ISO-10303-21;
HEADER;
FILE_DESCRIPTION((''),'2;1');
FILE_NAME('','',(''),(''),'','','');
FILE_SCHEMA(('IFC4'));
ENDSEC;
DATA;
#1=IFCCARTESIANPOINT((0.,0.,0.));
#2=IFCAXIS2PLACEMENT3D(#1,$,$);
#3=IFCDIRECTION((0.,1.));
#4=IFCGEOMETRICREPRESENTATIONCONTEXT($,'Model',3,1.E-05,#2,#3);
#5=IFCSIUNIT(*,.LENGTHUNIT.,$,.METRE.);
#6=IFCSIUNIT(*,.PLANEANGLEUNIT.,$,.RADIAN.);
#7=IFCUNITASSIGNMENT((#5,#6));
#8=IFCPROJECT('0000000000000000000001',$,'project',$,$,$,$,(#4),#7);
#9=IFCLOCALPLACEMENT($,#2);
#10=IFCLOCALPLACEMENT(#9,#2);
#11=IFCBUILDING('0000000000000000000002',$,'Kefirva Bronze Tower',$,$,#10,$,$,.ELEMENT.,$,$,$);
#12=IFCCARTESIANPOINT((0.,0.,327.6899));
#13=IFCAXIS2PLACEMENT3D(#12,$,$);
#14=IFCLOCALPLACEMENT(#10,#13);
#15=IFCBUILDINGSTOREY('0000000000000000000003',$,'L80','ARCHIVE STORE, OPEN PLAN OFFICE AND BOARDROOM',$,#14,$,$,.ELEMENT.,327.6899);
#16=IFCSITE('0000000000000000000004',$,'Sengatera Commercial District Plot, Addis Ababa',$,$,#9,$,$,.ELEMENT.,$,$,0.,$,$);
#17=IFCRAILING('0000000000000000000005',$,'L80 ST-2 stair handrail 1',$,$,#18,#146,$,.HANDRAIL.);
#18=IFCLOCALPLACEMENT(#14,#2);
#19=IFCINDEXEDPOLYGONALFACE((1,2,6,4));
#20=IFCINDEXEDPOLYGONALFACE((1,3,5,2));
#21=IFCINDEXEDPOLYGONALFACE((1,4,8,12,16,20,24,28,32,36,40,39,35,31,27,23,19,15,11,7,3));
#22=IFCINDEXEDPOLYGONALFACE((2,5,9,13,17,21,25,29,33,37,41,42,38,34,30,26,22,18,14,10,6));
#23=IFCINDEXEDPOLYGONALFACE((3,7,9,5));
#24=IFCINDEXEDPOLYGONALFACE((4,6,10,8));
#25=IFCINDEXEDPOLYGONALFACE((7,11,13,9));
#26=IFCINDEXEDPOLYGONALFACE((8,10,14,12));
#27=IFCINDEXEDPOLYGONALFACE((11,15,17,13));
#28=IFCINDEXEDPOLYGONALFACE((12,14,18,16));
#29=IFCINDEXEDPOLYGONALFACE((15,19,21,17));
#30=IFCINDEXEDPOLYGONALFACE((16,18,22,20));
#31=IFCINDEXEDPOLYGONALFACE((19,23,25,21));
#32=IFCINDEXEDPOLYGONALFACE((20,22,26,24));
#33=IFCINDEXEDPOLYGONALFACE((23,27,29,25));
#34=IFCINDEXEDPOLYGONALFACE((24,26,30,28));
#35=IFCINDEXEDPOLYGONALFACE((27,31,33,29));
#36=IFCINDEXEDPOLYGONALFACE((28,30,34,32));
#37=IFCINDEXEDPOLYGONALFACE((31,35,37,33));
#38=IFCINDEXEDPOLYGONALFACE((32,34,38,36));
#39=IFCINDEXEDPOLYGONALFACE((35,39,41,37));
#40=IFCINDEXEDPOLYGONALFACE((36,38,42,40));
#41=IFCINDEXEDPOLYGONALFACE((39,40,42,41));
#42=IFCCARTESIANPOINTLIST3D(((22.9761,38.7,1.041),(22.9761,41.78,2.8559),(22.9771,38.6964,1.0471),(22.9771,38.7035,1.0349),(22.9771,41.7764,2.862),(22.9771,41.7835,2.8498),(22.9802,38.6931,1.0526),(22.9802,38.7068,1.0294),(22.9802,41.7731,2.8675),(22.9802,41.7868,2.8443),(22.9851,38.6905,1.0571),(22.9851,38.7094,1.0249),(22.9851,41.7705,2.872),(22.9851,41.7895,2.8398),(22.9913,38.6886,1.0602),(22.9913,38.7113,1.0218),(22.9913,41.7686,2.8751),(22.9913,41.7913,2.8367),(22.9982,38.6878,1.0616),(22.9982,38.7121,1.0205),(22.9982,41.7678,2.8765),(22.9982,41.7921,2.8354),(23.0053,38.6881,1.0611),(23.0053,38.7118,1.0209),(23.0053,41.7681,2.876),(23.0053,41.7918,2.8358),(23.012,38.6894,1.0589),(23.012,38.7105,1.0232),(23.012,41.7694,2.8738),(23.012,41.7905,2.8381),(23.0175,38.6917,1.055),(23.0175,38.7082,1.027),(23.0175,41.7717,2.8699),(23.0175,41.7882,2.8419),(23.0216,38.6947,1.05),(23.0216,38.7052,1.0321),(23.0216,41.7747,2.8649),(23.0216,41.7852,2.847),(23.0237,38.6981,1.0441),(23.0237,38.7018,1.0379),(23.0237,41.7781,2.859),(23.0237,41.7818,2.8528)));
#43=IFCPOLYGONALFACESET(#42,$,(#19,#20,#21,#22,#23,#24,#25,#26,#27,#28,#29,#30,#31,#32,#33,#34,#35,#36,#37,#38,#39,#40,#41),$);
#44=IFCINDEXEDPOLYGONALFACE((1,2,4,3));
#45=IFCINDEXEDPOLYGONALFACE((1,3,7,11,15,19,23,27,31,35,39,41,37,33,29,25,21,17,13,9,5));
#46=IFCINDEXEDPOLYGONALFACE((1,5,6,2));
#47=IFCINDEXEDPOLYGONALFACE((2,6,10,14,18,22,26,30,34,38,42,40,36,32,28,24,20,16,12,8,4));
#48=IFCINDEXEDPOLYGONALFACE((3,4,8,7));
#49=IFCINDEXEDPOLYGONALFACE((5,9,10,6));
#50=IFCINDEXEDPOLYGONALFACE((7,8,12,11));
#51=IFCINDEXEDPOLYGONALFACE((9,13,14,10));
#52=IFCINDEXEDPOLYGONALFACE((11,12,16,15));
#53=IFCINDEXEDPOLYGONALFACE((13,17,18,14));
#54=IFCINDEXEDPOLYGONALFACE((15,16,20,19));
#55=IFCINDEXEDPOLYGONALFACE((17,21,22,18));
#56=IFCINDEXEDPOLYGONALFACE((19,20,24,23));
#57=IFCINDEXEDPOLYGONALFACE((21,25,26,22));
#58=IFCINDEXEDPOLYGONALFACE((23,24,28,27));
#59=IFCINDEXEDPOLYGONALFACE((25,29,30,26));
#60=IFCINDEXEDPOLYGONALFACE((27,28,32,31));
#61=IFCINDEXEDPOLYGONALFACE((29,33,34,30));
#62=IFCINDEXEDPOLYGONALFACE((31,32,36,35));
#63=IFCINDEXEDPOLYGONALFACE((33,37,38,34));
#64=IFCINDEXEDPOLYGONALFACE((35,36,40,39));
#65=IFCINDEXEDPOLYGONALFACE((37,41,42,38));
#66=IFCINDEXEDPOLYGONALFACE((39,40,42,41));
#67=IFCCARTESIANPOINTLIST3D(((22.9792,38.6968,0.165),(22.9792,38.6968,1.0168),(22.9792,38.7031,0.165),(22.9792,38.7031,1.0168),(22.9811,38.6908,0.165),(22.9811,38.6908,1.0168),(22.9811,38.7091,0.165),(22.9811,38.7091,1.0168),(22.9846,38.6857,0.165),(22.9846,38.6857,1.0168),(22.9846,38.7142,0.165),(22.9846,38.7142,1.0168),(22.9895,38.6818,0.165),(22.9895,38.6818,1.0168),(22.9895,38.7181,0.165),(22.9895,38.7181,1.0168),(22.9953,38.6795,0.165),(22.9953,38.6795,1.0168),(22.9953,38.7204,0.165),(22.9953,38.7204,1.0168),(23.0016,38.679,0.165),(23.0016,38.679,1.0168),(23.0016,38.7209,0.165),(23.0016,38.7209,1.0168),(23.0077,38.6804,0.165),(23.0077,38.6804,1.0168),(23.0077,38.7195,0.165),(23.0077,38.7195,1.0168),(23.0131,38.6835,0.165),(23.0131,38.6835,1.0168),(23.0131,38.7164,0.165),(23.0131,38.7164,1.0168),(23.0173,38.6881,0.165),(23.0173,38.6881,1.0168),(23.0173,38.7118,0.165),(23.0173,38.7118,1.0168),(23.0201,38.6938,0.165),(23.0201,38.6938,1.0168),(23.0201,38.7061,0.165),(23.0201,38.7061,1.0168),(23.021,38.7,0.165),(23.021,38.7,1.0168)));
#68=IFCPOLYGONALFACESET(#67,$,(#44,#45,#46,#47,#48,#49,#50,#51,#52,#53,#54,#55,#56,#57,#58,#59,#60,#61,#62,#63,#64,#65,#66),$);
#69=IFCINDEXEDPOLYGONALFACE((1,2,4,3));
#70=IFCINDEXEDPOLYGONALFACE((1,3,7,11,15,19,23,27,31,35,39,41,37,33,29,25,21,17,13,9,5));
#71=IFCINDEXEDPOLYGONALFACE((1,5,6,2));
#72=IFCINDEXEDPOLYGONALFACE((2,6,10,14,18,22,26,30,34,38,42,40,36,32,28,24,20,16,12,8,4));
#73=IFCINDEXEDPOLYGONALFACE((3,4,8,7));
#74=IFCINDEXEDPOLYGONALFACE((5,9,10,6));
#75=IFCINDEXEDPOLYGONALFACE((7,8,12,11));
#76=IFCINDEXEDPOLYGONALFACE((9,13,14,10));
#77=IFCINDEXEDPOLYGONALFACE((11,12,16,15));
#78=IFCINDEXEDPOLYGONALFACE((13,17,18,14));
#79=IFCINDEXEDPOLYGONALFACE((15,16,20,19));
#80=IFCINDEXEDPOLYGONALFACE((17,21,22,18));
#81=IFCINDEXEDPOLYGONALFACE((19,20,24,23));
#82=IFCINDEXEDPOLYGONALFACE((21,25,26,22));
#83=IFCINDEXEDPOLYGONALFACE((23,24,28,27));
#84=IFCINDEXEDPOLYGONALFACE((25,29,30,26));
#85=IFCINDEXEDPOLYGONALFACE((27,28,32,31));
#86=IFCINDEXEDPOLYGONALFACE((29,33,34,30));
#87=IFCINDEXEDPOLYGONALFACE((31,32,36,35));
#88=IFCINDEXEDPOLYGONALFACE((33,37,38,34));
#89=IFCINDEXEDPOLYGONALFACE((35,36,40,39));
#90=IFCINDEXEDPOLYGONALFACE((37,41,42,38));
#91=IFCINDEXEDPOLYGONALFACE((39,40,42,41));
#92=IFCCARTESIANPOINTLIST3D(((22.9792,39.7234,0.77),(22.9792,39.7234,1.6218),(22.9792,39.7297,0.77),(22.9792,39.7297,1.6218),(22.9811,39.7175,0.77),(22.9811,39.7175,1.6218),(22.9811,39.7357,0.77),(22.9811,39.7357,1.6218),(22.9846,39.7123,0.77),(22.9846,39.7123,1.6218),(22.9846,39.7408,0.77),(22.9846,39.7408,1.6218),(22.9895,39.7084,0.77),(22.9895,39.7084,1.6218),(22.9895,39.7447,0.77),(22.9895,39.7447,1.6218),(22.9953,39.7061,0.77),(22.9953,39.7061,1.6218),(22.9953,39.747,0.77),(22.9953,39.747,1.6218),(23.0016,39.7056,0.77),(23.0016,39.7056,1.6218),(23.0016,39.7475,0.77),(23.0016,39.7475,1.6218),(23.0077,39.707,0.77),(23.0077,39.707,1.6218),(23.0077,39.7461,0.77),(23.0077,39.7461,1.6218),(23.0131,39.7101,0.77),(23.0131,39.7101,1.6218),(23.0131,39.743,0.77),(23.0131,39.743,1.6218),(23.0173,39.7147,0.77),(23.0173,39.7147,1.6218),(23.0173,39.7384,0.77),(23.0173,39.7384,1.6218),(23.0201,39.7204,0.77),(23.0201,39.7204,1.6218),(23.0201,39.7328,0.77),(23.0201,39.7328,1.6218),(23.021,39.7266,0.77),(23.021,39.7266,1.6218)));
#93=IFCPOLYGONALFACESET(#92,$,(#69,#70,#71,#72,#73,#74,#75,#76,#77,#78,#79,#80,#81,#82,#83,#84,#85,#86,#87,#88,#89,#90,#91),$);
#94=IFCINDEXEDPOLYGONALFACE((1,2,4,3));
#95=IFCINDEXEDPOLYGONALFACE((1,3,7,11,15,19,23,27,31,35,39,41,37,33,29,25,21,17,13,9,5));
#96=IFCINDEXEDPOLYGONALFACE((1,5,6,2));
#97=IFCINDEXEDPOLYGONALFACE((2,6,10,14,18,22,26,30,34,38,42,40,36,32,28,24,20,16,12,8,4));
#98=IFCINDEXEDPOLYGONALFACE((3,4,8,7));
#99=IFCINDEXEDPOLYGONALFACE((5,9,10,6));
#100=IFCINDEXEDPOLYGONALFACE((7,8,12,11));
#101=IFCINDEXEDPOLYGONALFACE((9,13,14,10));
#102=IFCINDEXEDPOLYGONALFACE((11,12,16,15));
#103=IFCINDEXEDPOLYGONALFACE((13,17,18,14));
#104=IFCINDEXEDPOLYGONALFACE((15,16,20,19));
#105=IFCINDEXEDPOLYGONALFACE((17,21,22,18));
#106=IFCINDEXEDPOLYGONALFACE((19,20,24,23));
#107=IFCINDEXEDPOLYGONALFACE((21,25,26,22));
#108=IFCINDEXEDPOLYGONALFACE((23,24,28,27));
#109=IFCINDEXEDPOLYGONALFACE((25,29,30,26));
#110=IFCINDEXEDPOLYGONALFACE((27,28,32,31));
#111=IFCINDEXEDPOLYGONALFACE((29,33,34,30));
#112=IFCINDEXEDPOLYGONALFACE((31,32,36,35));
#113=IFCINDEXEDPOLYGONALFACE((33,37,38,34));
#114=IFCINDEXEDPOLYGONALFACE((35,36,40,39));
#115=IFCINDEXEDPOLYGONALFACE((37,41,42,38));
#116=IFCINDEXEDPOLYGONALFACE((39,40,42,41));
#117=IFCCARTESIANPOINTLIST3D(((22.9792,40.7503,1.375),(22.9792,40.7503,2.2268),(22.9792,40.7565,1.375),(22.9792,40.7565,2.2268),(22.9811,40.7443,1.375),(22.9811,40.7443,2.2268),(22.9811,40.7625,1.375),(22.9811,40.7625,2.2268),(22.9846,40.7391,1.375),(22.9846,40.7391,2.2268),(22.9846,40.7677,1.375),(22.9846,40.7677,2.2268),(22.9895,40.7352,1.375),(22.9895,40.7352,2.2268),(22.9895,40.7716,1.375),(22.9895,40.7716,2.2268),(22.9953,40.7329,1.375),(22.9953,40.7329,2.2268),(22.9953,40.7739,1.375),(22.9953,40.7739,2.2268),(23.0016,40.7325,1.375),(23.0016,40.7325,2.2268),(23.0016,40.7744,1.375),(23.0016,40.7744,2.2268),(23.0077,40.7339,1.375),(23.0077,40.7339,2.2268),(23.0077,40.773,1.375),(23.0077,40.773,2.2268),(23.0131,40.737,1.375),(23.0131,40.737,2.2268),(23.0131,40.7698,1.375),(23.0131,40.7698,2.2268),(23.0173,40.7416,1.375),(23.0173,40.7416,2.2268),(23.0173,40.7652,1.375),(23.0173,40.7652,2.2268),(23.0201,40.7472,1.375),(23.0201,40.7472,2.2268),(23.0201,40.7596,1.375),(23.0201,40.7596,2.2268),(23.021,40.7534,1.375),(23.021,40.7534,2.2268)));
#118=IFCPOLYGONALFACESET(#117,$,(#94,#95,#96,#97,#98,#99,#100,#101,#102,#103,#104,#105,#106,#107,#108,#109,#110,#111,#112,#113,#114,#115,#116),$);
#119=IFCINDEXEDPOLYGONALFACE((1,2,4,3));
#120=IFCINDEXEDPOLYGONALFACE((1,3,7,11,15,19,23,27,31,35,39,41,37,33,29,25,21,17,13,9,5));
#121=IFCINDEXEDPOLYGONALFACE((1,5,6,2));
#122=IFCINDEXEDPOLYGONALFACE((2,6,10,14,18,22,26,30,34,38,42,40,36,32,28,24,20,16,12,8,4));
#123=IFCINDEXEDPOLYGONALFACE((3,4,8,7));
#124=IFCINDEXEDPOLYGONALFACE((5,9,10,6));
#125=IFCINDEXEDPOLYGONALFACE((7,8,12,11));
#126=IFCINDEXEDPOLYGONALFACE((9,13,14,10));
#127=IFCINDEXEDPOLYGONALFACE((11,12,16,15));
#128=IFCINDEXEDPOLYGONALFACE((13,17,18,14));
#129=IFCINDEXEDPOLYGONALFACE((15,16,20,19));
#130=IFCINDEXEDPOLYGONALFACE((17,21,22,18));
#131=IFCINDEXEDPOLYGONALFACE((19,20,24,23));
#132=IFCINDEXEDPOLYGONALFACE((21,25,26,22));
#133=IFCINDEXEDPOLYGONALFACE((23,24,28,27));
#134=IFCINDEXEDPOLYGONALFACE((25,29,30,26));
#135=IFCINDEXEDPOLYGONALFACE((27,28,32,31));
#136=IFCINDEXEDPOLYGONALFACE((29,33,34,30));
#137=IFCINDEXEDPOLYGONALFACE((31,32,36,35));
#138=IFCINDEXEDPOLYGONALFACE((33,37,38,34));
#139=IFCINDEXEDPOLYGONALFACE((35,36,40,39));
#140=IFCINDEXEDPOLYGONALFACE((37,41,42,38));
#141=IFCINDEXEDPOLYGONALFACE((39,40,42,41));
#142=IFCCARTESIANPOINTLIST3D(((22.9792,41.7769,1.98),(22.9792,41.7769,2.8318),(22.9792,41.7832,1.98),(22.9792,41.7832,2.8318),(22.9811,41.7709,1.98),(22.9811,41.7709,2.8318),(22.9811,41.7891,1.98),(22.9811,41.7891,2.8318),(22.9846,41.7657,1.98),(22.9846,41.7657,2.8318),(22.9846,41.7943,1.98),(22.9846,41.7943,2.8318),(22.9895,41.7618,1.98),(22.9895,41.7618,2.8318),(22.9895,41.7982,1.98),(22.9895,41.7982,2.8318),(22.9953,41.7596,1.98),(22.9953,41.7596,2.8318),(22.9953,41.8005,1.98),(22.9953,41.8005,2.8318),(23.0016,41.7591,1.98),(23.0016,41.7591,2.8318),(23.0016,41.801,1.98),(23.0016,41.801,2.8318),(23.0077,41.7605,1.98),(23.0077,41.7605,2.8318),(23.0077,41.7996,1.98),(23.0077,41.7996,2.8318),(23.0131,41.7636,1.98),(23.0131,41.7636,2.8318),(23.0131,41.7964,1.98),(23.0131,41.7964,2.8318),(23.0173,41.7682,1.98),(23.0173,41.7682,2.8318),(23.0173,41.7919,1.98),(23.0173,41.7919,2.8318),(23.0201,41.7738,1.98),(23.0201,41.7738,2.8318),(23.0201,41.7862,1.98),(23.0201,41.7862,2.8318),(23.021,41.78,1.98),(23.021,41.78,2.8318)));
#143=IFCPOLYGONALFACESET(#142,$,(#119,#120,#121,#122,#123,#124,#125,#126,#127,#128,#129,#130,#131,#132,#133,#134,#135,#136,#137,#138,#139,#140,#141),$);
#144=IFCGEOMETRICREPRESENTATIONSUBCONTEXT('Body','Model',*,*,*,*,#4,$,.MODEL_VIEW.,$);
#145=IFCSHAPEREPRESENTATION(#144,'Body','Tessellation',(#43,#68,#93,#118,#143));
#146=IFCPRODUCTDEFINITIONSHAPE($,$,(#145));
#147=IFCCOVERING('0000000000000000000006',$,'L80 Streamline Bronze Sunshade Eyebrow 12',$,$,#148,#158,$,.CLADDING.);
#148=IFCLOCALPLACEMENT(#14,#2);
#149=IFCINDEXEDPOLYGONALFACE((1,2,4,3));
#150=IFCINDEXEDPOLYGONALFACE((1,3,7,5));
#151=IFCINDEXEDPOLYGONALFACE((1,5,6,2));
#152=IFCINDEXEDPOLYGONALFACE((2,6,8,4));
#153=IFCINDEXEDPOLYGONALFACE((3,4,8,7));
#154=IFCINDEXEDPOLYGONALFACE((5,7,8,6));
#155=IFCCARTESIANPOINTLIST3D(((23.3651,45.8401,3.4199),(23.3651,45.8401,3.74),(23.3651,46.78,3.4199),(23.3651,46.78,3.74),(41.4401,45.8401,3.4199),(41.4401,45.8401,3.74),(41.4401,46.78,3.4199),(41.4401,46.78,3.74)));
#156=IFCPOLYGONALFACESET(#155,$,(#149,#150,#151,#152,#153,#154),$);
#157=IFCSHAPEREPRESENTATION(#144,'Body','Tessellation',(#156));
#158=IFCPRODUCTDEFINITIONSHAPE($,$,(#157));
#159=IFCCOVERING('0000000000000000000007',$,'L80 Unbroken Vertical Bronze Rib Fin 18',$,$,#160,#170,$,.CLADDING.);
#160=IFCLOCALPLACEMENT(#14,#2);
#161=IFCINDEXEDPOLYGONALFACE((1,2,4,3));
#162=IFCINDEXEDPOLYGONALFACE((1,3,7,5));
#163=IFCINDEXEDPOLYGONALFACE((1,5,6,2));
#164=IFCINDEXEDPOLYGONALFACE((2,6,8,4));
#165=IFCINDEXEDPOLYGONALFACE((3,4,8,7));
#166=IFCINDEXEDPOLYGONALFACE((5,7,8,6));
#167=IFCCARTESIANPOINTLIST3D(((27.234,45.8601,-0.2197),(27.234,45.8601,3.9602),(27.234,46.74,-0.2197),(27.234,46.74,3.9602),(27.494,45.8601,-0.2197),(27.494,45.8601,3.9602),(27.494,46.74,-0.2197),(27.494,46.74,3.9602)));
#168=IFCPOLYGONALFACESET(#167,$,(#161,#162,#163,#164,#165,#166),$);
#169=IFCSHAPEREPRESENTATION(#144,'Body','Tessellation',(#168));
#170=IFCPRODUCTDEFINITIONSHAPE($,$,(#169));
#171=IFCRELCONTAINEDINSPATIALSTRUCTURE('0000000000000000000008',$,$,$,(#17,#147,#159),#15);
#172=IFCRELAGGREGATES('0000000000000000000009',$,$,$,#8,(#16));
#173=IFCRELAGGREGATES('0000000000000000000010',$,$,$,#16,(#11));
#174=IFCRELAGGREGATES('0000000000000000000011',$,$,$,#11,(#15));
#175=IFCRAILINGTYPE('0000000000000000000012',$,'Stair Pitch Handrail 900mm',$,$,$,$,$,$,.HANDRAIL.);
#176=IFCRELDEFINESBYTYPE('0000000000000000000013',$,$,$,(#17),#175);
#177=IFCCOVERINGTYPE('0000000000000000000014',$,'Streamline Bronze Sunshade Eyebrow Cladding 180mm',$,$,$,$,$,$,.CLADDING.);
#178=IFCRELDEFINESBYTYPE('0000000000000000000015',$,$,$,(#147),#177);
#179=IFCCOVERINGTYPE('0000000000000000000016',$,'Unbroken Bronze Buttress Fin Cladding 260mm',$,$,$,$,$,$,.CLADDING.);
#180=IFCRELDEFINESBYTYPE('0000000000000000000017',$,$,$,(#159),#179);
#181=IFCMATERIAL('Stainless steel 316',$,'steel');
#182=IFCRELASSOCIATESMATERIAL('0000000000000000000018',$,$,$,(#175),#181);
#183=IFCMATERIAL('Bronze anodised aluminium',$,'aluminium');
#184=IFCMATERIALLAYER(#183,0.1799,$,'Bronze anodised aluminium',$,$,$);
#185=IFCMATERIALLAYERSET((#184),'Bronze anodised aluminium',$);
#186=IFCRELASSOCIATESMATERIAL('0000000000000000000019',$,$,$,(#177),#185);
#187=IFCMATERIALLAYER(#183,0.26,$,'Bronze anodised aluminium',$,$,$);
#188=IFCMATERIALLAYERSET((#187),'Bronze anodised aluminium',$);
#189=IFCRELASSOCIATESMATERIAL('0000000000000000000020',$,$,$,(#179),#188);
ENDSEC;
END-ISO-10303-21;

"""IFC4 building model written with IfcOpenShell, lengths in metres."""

from ifc_helpers import new_model, si_unit, direction, frame, origin, origin_2d, place, context, subcontext, project, spatial, rectangle, circle, extrude, material, layer, layer_set, type_object, element, save


model = new_model("IFC4")

# Units and contexts
model_context = context("Model", 3, precision=1e-05, world=origin(), true_north=direction((0.0, 1.0)))
body_context = subcontext(model_context, "Body", "Model", "MODEL_VIEW")
ifc_project = project(units=[si_unit("LENGTHUNIT", "METRE"), si_unit("PLANEANGLEUNIT", "RADIAN")], contexts=[model_context])

# Site, building, storey
site_placement = place(None, origin())
site = spatial("IfcSite", under=ifc_project, at=site_placement, Name="Sengatera Commercial District Plot, Addis Ababa", CompositionType="ELEMENT", RefElevation=0.0)
building_placement = place(site_placement, origin())
building = spatial("IfcBuilding", under=site, at=building_placement, Name="Kefirva Bronze Tower", CompositionType="ELEMENT")
storey_placement = place(building_placement, frame((0.0, 0.0, 327.6899)))
storey = spatial("IfcBuildingStorey", under=building, at=storey_placement, Name="L80", Description="ARCHIVE STORE, OPEN PLAN OFFICE AND BOARDROOM", CompositionType="ELEMENT", Elevation=327.6899)

# Shared definitions
ifc_material_1 = material(Name="Bronze anodised aluminium", Category="aluminium")

# Railing
ifc_material_2 = material(Name="Stainless steel 316", Category="steel")
railing_type_1 = type_object("IfcRailingType", Name="Stair Pitch Handrail 900mm", PredefinedType="HANDRAIL", material=ifc_material_2)
railing_1_placement = place(storey_placement, frame((23.0, 38.7, 0.165)))
element("IfcRailing", 1, at=railing_1_placement, inside=storey, type_object=railing_type_1, Name="L80 ST-2 stair handrail 1", PredefinedType="HANDRAIL", context=body_context, shape_type="SweptSolid", body=[
    extrude(circle(Radius=0.0239, at=origin_2d()), frame((0.0, 0.0, 0.876), z_axis=(0.0, 0.861551, 0.507671), x_axis=(-1.0, 0.0, 0.0)), (0.0, 0.0, 1.0), 3.575),
    extrude(circle(Radius=0.021, at=origin_2d()), origin(), (0.0, 0.0, 1.0), 0.8518),
    extrude(circle(Radius=0.021, at=origin_2d()), frame((0.0, 1.0266, 0.605)), (0.0, 0.0, 1.0), 0.8518),
    extrude(circle(Radius=0.021, at=origin_2d()), frame((0.0, 2.0535, 1.21)), (0.0, 0.0, 1.0), 0.8518),
    extrude(circle(Radius=0.021, at=origin_2d()), frame((0.0, 3.0801, 1.8149)), (0.0, 0.0, 1.0), 0.8518),
])

# Coverings
ifc_layer_1 = layer(ifc_material_1, 0.1799, Name="Bronze anodised aluminium")
ifc_layer_set_1 = layer_set([ifc_layer_1], Name="Bronze anodised aluminium")
covering_type_1 = type_object("IfcCoveringType", Name="Streamline Bronze Sunshade Eyebrow Cladding 180mm", PredefinedType="CLADDING", material=ifc_layer_set_1)
covering_1_placement = place(storey_placement, frame((32.4026, 46.3101, 3.4199), z_axis=(0.0, 0.0, 1.0), x_axis=(-1.0, 0.0, 0.0)))
element("IfcCovering", 2, at=covering_1_placement, inside=storey, type_object=covering_type_1, Name="L80 Streamline Bronze Sunshade Eyebrow 12", PredefinedType="CLADDING", context=body_context, shape_type="SweptSolid", body=[
    extrude(rectangle(XDim=18.075, YDim=0.9399, at=origin_2d()), origin(), (0.0, 0.0, 1.0), 0.3201),
])
ifc_layer_2 = layer(ifc_material_1, 0.26, Name="Bronze anodised aluminium")
ifc_layer_set_2 = layer_set([ifc_layer_2], Name="Bronze anodised aluminium")
covering_type_2 = type_object("IfcCoveringType", Name="Unbroken Bronze Buttress Fin Cladding 260mm", PredefinedType="CLADDING", material=ifc_layer_set_2)
covering_2_placement = place(storey_placement, frame((27.364, 46.3, -0.2197), z_axis=(0.0, 0.0, 1.0), x_axis=(-1.0, 0.0, 0.0)))
element("IfcCovering", 3, at=covering_2_placement, inside=storey, type_object=covering_type_2, Name="L80 Unbroken Vertical Bronze Rib Fin 18", PredefinedType="CLADDING", context=body_context, shape_type="SweptSolid", body=[
    extrude(rectangle(XDim=0.26, YDim=0.8799, at=origin_2d()), origin(), (0.0, 0.0, 1.0), 4.1799),
])

save(model, "model.ifc")
